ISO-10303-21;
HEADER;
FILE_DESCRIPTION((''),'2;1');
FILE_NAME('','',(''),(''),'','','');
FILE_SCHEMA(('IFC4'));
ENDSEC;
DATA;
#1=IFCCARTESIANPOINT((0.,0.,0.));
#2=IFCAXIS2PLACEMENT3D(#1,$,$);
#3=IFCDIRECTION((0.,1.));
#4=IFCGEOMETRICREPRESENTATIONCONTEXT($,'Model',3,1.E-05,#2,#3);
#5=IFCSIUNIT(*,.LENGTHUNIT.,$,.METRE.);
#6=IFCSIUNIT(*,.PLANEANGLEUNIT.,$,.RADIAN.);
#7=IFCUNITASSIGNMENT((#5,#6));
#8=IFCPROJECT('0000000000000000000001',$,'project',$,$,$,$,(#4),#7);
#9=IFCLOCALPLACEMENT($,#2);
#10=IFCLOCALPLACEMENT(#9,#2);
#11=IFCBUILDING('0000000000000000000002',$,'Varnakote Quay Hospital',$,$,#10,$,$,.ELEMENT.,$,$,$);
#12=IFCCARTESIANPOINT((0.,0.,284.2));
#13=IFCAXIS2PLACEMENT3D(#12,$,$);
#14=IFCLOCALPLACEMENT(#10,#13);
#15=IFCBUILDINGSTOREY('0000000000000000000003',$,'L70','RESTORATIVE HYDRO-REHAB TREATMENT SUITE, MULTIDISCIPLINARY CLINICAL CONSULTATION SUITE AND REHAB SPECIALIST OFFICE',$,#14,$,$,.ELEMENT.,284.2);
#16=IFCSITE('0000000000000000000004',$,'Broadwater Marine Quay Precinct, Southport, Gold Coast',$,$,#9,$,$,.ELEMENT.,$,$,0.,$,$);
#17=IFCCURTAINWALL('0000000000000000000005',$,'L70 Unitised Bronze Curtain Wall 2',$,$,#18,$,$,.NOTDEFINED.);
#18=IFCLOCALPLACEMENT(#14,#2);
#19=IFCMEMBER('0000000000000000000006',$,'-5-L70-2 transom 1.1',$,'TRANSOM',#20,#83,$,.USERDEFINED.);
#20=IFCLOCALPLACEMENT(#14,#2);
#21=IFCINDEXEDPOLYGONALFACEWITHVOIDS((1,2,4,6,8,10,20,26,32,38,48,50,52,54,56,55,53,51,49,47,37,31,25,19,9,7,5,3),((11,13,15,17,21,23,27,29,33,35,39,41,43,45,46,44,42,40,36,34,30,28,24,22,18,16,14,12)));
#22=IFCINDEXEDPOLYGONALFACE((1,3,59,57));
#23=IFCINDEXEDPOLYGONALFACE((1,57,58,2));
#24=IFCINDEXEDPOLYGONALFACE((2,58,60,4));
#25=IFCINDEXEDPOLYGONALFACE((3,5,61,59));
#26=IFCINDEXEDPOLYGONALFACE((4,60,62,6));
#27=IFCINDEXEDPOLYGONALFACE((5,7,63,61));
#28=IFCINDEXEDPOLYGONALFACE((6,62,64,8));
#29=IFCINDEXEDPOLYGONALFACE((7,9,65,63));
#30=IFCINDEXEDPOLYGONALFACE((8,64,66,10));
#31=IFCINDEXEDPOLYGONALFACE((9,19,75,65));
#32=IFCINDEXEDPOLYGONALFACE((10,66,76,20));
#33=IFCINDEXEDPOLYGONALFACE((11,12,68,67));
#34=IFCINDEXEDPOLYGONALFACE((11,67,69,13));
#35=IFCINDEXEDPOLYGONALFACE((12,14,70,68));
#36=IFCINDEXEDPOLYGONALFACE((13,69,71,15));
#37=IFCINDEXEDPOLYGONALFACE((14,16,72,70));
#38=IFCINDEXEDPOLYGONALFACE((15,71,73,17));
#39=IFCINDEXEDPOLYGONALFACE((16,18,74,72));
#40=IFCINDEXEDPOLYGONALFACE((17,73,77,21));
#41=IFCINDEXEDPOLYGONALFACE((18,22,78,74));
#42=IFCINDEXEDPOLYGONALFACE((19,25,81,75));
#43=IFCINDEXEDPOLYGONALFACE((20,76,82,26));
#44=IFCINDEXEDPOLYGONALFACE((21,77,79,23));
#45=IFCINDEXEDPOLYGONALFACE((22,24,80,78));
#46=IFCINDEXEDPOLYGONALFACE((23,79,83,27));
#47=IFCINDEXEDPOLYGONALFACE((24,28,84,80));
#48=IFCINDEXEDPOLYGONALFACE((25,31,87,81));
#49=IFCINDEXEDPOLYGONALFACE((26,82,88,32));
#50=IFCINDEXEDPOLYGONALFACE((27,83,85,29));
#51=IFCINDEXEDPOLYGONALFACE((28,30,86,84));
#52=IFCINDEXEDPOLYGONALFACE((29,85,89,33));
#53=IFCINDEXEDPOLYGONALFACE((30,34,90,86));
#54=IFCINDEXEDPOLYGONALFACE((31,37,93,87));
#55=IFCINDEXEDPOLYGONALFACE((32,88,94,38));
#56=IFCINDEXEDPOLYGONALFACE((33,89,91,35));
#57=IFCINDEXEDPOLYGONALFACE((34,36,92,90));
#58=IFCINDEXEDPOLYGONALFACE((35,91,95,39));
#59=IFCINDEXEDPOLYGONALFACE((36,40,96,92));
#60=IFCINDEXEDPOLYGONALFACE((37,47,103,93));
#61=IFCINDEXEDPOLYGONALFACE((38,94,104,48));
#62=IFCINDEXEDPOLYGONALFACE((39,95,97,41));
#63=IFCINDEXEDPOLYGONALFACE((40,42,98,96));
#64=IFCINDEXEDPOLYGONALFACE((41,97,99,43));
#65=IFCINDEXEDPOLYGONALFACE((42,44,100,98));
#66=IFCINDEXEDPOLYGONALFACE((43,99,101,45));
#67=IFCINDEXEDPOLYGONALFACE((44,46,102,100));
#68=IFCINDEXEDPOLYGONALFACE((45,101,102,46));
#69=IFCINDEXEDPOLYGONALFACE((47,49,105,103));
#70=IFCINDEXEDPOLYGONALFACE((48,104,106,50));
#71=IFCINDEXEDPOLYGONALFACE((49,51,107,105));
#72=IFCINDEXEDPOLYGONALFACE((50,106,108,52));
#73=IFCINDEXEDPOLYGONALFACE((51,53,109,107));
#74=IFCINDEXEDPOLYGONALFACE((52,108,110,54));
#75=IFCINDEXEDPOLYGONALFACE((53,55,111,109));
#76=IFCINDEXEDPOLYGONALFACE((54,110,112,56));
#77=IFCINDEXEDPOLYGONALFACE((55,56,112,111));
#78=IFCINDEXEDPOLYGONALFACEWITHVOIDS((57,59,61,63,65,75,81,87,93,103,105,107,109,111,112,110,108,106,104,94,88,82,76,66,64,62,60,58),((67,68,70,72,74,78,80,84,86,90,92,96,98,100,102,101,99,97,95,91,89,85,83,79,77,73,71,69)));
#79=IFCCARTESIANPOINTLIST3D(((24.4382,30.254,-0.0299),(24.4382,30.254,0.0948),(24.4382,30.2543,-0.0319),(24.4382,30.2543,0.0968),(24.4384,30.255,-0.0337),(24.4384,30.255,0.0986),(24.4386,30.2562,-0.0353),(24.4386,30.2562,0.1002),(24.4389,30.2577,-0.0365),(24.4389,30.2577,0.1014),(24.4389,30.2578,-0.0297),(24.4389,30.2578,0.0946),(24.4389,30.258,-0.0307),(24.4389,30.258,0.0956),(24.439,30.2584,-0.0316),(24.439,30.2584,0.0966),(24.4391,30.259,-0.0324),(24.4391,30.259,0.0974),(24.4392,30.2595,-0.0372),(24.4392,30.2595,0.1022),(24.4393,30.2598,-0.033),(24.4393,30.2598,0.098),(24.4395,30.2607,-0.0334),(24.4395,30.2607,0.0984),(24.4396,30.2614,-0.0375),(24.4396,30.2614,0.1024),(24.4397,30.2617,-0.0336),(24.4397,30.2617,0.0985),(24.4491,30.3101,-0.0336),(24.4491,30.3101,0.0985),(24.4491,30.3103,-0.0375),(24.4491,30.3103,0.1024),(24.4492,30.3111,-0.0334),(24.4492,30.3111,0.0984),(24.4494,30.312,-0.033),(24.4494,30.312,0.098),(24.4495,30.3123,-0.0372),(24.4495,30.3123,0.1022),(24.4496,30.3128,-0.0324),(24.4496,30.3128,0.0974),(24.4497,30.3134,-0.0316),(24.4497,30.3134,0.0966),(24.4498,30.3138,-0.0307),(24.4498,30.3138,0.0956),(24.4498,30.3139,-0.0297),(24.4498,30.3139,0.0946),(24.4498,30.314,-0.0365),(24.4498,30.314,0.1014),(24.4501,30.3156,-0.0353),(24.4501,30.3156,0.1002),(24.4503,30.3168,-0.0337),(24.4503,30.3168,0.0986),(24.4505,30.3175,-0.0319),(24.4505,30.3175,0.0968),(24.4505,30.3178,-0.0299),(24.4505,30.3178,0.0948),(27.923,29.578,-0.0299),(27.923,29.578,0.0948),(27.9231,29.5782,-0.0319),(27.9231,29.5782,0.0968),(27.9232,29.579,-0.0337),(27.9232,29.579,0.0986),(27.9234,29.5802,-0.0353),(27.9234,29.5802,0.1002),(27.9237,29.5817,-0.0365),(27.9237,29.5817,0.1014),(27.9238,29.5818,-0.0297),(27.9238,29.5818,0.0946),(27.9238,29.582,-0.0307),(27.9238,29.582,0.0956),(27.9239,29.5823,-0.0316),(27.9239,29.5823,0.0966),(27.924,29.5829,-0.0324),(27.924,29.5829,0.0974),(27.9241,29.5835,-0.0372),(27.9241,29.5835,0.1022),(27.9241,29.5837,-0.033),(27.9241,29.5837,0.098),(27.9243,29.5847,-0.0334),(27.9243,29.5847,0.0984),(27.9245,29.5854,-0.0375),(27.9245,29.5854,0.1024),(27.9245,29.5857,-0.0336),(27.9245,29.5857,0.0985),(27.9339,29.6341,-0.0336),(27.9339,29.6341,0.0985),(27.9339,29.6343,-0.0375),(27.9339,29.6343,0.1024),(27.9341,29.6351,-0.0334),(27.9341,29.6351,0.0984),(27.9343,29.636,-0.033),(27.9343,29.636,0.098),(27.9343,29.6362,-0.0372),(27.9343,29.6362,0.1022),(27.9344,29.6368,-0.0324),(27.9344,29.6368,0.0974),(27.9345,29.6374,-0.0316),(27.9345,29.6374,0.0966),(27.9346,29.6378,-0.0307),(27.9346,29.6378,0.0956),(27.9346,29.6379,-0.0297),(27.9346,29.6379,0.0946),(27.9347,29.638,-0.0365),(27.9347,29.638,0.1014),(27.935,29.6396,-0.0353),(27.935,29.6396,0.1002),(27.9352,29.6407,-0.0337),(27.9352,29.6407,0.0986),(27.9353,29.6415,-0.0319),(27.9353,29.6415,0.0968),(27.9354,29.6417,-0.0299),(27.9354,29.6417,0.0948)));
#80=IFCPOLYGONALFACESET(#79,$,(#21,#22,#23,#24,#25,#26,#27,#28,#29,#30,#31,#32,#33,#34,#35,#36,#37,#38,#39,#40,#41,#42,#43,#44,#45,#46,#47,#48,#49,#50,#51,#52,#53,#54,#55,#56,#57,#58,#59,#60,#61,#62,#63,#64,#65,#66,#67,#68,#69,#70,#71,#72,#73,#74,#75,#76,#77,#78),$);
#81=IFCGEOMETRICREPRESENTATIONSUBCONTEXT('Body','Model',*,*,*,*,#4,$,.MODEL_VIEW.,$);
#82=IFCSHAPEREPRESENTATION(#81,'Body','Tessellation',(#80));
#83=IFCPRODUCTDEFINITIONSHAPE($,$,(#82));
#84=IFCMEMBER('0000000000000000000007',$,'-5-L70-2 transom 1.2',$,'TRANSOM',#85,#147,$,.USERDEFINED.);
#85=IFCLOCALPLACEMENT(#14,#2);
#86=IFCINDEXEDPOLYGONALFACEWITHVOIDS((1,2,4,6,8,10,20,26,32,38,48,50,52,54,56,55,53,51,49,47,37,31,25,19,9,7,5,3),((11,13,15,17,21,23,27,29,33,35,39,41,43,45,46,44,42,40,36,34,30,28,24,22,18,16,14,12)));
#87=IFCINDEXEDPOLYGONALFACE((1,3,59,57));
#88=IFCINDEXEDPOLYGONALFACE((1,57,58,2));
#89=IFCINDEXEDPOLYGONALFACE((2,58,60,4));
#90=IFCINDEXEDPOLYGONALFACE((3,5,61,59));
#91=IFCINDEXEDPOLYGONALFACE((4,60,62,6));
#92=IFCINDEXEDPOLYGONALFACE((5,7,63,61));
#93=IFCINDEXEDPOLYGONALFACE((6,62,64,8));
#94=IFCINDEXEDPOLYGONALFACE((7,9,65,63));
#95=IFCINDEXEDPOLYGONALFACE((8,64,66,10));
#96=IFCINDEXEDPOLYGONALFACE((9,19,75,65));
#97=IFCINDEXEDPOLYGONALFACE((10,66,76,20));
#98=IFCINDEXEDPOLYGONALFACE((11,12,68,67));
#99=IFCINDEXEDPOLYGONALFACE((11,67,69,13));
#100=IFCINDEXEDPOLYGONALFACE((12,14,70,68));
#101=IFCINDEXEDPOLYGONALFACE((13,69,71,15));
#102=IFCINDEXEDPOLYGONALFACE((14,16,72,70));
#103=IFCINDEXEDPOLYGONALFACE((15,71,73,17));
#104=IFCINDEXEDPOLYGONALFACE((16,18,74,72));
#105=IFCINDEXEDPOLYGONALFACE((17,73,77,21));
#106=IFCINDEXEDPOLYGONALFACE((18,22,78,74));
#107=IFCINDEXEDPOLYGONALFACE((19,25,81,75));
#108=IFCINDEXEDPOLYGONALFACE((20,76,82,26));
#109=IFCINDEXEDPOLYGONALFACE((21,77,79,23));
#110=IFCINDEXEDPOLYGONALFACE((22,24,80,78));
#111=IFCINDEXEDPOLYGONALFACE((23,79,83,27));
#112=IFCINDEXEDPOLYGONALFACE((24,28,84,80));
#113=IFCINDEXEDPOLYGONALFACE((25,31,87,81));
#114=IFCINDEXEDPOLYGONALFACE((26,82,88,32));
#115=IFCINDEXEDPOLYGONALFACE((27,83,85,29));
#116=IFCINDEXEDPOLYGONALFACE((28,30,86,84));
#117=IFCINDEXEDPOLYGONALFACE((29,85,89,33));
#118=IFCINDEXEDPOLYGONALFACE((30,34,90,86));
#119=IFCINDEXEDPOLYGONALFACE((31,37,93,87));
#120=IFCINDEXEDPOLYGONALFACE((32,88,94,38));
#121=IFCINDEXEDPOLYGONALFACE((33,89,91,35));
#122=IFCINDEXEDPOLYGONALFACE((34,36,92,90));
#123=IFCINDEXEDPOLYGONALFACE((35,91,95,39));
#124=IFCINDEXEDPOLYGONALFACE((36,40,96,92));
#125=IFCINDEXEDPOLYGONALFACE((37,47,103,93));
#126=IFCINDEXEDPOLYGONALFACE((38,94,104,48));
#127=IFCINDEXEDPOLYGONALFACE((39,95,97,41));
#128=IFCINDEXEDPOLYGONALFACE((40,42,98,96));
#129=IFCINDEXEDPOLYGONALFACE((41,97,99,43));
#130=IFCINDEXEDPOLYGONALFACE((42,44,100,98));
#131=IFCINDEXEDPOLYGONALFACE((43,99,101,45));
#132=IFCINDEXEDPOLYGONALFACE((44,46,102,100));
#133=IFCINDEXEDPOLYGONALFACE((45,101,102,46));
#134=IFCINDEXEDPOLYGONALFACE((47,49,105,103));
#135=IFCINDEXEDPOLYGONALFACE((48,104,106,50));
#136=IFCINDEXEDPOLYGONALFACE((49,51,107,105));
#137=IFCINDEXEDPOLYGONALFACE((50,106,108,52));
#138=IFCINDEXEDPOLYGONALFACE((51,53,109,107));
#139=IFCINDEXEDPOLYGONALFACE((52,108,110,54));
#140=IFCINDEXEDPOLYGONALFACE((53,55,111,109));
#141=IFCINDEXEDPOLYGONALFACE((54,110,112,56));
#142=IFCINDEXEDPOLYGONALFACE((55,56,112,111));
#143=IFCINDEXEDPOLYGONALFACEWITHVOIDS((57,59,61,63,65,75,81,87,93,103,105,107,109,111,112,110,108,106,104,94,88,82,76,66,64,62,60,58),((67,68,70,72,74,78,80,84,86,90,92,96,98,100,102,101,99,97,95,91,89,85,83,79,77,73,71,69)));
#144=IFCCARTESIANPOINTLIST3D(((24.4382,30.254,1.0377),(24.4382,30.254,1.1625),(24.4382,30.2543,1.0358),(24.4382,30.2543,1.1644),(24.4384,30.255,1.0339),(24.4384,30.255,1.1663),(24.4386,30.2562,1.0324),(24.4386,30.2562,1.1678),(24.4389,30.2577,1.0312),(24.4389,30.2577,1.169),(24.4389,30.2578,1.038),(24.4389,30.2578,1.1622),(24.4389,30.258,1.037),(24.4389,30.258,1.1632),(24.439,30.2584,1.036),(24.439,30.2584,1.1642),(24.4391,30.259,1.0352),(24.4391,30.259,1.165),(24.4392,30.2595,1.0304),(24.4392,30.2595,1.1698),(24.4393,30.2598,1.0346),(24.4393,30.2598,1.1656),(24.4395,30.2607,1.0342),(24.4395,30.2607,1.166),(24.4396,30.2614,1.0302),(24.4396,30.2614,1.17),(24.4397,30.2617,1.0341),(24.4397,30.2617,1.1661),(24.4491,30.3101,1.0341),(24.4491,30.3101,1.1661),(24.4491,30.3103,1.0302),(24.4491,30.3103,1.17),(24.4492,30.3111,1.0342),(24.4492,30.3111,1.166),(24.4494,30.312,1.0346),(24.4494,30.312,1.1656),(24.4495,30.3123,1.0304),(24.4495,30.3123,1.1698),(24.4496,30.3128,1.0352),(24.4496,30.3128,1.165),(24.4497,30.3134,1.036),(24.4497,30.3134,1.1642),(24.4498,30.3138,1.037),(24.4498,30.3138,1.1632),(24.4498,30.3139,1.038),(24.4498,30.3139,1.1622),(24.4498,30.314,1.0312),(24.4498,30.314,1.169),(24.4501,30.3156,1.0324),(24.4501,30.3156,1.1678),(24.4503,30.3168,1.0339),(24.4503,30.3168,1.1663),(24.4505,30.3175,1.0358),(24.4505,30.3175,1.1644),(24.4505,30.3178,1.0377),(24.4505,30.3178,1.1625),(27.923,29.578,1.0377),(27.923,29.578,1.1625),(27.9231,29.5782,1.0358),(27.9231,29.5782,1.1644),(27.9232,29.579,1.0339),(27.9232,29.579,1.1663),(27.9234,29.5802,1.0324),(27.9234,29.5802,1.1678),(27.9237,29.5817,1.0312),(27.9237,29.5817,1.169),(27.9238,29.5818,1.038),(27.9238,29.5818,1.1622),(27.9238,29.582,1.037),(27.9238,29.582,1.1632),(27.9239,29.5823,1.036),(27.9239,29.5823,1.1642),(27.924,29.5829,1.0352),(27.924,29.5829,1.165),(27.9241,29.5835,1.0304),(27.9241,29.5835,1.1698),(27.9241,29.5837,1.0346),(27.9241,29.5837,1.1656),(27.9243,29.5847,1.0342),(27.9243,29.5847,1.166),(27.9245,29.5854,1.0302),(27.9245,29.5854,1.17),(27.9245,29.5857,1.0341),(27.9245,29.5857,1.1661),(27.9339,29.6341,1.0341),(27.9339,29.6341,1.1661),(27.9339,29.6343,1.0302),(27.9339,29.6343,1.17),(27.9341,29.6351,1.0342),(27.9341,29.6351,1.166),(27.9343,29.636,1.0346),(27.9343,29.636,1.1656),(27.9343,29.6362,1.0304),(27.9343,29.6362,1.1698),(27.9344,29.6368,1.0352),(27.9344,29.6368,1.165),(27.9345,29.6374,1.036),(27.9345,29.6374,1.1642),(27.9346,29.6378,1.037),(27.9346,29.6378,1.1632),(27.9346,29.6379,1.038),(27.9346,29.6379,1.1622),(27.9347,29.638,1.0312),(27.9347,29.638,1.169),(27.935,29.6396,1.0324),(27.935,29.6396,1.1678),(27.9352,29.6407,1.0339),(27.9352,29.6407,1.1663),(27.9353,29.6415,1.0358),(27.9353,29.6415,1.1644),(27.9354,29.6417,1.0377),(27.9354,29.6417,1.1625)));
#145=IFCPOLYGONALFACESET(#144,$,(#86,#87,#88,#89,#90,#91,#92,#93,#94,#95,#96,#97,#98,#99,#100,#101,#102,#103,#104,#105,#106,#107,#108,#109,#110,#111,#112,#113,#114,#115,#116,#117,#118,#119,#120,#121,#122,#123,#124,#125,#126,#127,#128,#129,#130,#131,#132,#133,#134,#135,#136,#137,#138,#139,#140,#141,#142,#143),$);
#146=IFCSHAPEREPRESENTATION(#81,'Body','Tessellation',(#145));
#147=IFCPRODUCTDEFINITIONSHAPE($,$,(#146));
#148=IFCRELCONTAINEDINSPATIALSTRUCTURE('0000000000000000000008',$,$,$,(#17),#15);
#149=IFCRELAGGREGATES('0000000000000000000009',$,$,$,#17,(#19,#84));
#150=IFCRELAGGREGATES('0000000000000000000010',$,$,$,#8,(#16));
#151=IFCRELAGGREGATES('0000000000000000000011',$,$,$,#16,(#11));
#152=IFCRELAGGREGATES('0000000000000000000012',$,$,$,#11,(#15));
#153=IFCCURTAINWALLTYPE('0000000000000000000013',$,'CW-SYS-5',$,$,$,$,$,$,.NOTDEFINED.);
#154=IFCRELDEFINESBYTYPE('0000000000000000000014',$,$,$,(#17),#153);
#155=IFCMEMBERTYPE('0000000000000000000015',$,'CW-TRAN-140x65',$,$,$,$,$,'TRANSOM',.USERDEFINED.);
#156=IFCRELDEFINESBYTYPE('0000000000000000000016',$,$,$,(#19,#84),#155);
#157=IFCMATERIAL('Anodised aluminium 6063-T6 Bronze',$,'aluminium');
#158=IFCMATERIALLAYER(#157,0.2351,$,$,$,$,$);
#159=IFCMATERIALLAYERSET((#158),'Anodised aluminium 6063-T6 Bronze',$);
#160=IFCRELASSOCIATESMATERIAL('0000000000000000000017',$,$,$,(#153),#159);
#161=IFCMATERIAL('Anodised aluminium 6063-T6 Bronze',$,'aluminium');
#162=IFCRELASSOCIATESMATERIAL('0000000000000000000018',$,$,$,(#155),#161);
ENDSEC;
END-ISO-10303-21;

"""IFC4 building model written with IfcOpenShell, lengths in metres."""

from ifc_helpers import new_model, si_unit, direction, frame, origin, origin_2d, place, context, subcontext, project, spatial, hollow_rectangle, extrude, material, layer, layer_set, material_profile, profile_set, type_object, element, aggregate, save


model = new_model("IFC4")

# Units and contexts
model_context = context("Model", 3, precision=1e-05, world=origin(), true_north=direction((0.0, 1.0)))
body_context = subcontext(model_context, "Body", "Model", "MODEL_VIEW")
ifc_project = project(units=[si_unit("LENGTHUNIT", "METRE"), si_unit("PLANEANGLEUNIT", "RADIAN")], contexts=[model_context])

# Site, building, storey
site_placement = place(None, origin())
site = spatial("IfcSite", under=ifc_project, at=site_placement, Name="Broadwater Marine Quay Precinct, Southport, Gold Coast", CompositionType="ELEMENT", RefElevation=0.0)
building_placement = place(site_placement, origin())
building = spatial("IfcBuilding", under=site, at=building_placement, Name="Varnakote Quay Hospital", CompositionType="ELEMENT")
storey_placement = place(building_placement, frame((0.0, 0.0, 284.2)))
storey = spatial("IfcBuildingStorey", under=building, at=storey_placement, Name="L70", Description="RESTORATIVE HYDRO-REHAB TREATMENT SUITE, MULTIDISCIPLINARY CLINICAL CONSULTATION SUITE AND REHAB SPECIALIST OFFICE", CompositionType="ELEMENT", Elevation=284.2)

# Shared definitions
ifc_material_1 = material(Name="Anodised aluminium 6063-T6 Bronze", Category="aluminium")
ifc_layer_1 = layer(ifc_material_1, 0.2351)
ifc_layer_set_1 = layer_set([ifc_layer_1], Name="Anodised aluminium 6063-T6 Bronze")
curtain_wall_type = type_object("IfcCurtainWallType", Name="CW-SYS-5", PredefinedType="NOTDEFINED", material=ifc_layer_set_1)

# Curtain wall, members
curtain_wall_1_placement = place(storey_placement, origin())
curtain_wall_1 = element("IfcCurtainWall", 1, at=curtain_wall_1_placement, inside=storey, type_object=curtain_wall_type, Name="L70 Unitised Bronze Curtain Wall 2", PredefinedType="NOTDEFINED")
ifc_material_2 = material(Name="Anodised aluminium 6063-T6 Bronze", Category="aluminium")
ifc_material_profile_1 = material_profile(ifc_material_2, hollow_rectangle(XDim=0.0649, YDim=0.1399, WallThickness=0.0039, InnerFilletRadius=0.0039, OuterFilletRadius=0.0076, at=origin_2d()), Name="CW-TRAN-140x65")
ifc_profile_set_1 = profile_set([ifc_material_profile_1], Name="Anodised aluminium 6063-T6 Bronze")
member_type_1 = type_object("IfcMemberType", Name="CW-TRAN-140x65", ElementType="TRANSOM", PredefinedType="USERDEFINED", material=ifc_profile_set_1)
member_1_placement = place(storey_placement, frame((27.9292, 29.6099, 0.0325), z_axis=(-0.981699, 0.190439, 0.0), x_axis=(-0.190439, -0.981699, 0.0)))
member_1 = element("IfcMember", 2, at=member_1_placement, type_object=member_type_1, Name="-5-L70-2 transom 1.1", ObjectType="TRANSOM", PredefinedType="USERDEFINED", context=body_context, shape_type="SweptSolid", body=[
    extrude(hollow_rectangle(XDim=0.0649, YDim=0.1399, WallThickness=0.0039, InnerFilletRadius=0.0039, OuterFilletRadius=0.0076, at=origin_2d()), origin(), (0.0, 0.0, 1.0), 3.5498),
])
member_2_placement = place(storey_placement, frame((27.9292, 29.6099, 1.1001), z_axis=(-0.981699, 0.190439, 0.0), x_axis=(-0.190439, -0.981699, 0.0)))
member_2 = element("IfcMember", 3, at=member_2_placement, type_object=member_type_1, Name="-5-L70-2 transom 1.2", ObjectType="TRANSOM", PredefinedType="USERDEFINED", context=body_context, shape_type="SweptSolid", body=[
    extrude(hollow_rectangle(XDim=0.0649, YDim=0.1399, WallThickness=0.0039, InnerFilletRadius=0.0039, OuterFilletRadius=0.0076, at=origin_2d()), origin(), (0.0, 0.0, 1.0), 3.5498),
])

aggregate(curtain_wall_1, [member_1, member_2])

save(model, "model.ifc")
